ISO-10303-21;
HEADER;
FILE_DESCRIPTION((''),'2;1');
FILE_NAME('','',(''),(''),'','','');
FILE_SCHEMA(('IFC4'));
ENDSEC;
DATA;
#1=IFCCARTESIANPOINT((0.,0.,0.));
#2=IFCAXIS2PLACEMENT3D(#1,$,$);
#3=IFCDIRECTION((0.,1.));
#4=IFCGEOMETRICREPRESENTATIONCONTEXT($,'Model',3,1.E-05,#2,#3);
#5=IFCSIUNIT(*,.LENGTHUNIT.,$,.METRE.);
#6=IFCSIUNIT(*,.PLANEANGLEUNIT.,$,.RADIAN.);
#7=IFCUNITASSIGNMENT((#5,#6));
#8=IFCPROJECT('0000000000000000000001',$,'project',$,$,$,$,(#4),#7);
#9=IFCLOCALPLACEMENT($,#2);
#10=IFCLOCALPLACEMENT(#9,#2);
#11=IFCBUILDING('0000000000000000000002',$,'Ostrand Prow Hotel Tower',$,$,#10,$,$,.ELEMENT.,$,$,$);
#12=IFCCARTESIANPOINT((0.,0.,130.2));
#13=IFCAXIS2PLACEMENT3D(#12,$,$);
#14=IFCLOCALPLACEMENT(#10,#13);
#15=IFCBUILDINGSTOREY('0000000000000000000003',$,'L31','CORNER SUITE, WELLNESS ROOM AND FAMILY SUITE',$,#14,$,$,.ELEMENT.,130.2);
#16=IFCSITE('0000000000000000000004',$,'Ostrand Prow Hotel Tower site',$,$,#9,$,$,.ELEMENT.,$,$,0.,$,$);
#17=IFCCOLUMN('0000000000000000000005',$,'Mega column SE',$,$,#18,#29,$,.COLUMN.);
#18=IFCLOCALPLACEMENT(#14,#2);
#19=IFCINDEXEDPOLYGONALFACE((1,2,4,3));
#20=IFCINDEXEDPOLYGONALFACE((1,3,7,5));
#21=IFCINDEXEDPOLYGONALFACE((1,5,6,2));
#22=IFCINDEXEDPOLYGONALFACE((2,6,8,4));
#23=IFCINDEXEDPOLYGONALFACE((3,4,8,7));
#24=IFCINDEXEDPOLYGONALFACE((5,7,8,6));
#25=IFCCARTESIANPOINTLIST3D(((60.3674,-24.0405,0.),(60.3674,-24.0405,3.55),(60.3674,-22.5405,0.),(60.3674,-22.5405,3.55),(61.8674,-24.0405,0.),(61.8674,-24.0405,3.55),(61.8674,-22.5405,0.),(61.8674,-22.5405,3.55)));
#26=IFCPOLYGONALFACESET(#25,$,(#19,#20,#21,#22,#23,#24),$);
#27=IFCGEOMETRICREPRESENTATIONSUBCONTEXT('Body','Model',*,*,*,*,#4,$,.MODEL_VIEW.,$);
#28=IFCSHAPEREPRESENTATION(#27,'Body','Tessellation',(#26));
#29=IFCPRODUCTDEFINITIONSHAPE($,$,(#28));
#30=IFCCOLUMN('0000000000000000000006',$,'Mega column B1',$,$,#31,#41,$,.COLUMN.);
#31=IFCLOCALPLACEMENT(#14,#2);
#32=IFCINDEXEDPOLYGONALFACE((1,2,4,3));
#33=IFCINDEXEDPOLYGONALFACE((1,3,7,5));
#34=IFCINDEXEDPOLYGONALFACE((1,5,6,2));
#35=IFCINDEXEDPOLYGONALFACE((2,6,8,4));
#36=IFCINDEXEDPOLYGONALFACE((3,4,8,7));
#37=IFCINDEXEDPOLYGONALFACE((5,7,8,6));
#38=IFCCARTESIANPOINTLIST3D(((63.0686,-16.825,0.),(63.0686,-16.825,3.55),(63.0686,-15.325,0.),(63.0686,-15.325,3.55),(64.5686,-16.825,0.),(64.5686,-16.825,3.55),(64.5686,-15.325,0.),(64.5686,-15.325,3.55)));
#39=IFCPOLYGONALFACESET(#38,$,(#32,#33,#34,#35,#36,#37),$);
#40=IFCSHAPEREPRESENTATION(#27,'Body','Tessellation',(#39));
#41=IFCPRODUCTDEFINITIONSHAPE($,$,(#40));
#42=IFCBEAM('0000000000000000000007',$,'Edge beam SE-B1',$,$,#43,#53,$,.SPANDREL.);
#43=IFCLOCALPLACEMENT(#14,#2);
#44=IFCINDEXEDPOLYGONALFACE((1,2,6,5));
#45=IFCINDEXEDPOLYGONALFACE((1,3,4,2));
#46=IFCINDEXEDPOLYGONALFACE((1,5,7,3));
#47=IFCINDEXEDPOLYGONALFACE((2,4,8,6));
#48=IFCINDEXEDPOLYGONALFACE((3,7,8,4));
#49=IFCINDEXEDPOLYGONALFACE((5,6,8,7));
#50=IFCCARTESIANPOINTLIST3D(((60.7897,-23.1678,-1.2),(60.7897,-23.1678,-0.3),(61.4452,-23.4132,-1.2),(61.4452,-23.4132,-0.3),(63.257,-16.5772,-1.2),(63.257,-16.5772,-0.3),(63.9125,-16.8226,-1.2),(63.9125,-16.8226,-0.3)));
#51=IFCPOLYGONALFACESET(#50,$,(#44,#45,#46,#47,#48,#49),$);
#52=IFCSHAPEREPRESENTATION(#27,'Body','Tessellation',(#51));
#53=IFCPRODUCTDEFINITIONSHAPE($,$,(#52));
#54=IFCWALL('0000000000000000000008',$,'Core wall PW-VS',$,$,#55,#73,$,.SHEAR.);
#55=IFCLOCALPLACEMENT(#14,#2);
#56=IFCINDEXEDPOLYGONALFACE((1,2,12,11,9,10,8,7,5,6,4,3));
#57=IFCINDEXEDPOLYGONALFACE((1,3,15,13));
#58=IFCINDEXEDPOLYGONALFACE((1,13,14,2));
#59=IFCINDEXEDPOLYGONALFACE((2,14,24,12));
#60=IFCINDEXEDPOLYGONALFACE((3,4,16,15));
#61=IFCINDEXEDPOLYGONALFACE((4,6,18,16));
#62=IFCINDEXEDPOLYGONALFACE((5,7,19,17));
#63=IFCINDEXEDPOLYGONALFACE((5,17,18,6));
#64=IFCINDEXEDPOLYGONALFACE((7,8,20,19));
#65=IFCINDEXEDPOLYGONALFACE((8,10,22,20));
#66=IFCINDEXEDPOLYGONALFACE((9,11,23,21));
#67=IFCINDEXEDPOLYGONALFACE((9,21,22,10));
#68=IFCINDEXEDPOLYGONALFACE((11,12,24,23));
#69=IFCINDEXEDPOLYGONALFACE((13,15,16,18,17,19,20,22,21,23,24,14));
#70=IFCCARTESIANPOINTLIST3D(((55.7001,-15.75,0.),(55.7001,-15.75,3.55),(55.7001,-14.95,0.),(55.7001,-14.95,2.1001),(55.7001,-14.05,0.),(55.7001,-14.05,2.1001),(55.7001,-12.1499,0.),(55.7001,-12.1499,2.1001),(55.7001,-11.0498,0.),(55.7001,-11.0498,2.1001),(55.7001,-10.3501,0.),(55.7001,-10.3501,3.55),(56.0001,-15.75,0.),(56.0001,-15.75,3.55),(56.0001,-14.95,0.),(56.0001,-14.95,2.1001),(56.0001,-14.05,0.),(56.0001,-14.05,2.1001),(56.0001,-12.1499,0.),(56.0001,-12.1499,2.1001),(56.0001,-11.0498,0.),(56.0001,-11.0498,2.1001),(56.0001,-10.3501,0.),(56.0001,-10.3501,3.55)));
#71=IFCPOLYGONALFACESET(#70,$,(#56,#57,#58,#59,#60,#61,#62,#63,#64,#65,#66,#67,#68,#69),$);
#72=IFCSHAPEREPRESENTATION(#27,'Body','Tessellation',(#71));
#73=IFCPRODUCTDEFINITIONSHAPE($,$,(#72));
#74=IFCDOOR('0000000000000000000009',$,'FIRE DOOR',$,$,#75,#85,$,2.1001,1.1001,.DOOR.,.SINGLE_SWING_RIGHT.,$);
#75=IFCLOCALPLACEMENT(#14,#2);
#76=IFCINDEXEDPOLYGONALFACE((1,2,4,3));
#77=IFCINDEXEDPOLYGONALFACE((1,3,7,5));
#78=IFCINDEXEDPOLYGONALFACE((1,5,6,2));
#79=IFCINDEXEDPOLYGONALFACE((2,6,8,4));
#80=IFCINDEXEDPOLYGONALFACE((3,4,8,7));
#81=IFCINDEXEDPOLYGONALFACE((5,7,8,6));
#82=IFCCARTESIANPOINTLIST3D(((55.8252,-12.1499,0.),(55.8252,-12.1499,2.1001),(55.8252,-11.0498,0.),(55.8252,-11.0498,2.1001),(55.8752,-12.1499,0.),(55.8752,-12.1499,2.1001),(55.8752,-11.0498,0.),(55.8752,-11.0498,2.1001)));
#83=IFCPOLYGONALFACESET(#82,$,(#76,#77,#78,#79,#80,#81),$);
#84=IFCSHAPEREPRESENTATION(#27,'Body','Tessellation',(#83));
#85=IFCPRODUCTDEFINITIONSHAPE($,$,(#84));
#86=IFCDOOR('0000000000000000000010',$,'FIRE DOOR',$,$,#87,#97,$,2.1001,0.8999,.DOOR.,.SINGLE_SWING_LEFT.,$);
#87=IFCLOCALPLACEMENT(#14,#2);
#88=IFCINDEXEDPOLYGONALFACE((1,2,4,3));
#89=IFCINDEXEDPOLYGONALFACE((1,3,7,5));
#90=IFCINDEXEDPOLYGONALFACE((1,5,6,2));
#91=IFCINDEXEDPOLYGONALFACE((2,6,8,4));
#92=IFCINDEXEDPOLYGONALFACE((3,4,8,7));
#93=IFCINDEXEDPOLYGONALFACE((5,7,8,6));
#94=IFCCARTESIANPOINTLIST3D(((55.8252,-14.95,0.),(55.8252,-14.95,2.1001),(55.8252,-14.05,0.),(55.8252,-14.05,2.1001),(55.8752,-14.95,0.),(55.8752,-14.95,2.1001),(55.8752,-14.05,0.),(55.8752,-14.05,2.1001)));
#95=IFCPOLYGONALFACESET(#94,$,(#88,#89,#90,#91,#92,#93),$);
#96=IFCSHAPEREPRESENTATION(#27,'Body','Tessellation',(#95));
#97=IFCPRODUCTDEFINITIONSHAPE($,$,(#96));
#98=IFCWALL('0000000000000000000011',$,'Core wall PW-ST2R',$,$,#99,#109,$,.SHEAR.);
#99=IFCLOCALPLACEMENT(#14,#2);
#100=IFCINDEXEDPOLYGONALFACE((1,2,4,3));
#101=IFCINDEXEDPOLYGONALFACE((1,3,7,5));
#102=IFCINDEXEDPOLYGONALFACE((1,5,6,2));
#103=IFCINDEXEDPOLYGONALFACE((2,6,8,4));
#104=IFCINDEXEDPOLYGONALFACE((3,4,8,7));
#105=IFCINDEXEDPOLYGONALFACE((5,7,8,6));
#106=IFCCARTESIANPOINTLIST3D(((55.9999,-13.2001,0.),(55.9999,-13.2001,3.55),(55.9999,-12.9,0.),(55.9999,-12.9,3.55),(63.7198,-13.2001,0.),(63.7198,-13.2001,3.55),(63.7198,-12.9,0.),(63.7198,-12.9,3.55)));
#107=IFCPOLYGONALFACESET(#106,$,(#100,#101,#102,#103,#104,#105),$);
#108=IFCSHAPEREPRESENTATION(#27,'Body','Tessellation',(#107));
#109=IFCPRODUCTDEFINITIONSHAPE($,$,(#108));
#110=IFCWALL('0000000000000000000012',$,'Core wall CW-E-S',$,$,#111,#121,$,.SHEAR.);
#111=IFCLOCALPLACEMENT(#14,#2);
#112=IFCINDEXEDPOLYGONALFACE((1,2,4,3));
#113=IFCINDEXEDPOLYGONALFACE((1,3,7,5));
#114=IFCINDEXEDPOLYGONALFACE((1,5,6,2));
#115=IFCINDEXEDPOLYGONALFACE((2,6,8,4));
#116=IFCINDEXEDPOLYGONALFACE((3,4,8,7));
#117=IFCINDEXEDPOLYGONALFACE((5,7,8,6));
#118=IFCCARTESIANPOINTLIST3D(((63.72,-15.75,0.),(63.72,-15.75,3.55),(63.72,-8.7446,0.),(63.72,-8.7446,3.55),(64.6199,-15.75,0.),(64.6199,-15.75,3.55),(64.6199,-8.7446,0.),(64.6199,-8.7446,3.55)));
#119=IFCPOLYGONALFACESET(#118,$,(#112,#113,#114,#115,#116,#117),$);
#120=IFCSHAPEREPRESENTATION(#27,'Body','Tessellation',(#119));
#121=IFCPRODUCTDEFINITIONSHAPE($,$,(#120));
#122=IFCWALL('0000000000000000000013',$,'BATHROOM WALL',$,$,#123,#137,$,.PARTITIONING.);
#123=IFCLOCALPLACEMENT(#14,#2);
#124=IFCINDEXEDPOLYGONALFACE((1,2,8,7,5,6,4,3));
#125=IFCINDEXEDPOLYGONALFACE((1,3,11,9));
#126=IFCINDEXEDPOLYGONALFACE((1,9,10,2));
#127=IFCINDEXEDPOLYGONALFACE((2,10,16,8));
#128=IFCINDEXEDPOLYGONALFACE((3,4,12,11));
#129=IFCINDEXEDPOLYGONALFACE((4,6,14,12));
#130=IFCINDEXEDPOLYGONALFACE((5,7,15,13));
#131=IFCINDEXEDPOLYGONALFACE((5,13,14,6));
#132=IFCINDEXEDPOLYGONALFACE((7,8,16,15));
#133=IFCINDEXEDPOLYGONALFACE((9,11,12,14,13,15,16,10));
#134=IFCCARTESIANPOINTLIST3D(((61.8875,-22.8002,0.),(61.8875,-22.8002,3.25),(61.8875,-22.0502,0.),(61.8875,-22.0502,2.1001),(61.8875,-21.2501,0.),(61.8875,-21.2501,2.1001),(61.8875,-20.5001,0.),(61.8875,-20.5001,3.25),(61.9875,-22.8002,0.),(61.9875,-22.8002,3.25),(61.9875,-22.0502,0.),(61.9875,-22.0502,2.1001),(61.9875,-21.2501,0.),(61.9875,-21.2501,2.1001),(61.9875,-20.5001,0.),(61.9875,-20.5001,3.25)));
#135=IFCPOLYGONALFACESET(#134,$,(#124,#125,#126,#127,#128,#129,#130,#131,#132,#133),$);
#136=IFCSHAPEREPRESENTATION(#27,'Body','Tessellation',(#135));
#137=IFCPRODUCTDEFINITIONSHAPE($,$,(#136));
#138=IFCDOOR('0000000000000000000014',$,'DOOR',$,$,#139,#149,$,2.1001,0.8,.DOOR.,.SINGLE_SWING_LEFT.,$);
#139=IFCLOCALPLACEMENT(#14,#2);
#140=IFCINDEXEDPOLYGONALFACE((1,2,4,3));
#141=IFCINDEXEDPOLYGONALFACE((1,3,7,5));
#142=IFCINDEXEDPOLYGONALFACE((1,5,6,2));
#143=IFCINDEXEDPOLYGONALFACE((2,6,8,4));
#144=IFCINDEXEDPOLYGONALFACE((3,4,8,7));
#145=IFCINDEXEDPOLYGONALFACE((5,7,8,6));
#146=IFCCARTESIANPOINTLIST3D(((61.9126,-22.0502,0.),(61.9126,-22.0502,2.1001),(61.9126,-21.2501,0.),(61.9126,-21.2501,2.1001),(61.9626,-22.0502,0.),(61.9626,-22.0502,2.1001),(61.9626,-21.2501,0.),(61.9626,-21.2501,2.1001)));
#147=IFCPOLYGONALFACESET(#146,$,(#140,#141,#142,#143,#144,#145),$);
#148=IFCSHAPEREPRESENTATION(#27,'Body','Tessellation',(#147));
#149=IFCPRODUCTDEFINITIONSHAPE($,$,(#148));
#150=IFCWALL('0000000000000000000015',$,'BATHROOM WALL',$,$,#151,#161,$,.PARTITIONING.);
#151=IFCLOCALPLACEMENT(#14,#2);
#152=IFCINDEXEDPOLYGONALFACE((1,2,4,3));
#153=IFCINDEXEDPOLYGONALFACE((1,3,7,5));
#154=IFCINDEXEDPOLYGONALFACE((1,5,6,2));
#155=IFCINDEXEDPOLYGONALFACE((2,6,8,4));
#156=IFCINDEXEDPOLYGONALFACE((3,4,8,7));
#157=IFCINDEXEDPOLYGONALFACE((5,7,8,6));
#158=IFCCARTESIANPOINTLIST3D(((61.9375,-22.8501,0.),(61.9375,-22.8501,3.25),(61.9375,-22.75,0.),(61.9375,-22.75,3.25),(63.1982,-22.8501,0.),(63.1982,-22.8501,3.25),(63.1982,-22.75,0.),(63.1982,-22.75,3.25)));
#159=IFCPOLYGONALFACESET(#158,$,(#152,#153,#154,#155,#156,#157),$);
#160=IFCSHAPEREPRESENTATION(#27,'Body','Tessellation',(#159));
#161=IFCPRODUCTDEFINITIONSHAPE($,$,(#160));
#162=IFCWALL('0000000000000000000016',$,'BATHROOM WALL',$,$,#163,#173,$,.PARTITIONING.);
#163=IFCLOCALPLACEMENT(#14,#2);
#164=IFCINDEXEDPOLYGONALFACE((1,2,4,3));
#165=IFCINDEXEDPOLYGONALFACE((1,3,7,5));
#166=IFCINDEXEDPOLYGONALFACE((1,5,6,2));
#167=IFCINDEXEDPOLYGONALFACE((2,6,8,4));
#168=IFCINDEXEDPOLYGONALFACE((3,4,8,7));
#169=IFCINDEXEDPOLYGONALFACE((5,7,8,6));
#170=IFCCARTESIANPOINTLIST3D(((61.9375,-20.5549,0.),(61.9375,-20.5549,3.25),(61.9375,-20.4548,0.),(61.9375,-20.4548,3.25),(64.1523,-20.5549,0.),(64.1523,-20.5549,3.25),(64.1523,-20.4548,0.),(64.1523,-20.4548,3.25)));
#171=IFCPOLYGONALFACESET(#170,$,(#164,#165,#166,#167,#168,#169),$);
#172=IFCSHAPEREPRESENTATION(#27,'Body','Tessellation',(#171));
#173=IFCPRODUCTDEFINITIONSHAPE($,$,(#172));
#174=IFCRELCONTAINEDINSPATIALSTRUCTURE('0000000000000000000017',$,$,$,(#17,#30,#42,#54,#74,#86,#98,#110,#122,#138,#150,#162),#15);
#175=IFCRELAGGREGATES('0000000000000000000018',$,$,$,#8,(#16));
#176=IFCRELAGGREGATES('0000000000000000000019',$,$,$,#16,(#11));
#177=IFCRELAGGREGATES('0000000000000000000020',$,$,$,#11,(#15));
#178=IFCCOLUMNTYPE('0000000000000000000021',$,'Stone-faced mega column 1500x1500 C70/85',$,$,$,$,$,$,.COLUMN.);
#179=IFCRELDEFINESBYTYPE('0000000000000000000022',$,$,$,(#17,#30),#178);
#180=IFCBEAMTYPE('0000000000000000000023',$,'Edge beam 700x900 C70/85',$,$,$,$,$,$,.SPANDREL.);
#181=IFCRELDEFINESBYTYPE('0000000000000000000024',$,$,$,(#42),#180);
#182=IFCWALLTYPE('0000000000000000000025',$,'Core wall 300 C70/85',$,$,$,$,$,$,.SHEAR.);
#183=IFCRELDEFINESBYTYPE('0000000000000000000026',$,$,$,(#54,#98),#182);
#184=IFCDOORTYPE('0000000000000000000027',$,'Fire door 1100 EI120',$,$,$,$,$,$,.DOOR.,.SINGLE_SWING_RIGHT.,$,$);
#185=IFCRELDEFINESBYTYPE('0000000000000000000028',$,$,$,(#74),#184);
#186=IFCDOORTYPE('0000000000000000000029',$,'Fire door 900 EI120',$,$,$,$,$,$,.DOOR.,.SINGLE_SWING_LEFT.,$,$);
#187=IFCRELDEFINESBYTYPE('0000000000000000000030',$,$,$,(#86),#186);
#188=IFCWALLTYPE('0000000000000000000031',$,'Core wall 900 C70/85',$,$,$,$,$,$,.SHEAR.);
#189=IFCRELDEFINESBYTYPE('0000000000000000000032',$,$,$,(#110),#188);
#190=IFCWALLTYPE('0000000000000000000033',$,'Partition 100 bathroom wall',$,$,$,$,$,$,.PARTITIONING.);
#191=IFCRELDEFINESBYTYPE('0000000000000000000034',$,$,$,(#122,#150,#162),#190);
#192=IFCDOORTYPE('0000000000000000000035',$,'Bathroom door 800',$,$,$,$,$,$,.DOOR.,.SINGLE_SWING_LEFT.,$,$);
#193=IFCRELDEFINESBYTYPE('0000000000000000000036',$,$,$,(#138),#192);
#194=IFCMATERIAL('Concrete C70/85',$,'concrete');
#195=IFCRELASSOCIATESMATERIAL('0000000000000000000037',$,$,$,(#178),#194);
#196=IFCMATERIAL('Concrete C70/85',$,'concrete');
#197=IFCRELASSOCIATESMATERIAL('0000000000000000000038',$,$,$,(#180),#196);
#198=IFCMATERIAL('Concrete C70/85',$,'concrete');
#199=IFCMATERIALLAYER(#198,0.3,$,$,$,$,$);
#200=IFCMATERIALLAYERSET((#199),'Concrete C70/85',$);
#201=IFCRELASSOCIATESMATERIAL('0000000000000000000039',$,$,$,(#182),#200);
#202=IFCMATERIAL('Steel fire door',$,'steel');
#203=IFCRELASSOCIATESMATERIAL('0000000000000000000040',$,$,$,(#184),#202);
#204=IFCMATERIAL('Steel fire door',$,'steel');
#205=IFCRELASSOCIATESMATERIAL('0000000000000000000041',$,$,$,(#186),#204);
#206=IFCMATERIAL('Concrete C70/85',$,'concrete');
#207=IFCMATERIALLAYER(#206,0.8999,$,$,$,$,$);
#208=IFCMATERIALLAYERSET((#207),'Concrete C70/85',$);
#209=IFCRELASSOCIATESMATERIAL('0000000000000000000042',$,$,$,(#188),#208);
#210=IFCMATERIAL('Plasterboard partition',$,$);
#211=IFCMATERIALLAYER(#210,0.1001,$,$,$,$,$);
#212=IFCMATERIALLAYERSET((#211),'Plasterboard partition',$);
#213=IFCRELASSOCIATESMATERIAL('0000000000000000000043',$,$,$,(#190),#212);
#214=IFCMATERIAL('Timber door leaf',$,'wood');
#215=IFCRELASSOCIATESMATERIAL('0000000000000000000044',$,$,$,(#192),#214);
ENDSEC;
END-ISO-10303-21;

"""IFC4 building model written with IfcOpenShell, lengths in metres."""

from ifc_helpers import new_model, si_unit, direction, frame, frame_2d, origin, origin_2d, place, context, subcontext, project, spatial, rectangle, extrude, material, layer, layer_set, material_profile, profile_set, type_object, element, fill, save


model = new_model("IFC4")

# Units and contexts
model_context = context("Model", 3, precision=1e-05, world=origin(), true_north=direction((0.0, 1.0)))
body_context = subcontext(model_context, "Body", "Model", "MODEL_VIEW")
ifc_project = project(units=[si_unit("LENGTHUNIT", "METRE"), si_unit("PLANEANGLEUNIT", "RADIAN")], contexts=[model_context])

# Site, building, storey
site_placement = place(None, origin())
site = spatial("IfcSite", under=ifc_project, at=site_placement, Name="Ostrand Prow Hotel Tower site", CompositionType="ELEMENT", RefElevation=0.0)
building_placement = place(site_placement, origin())
building = spatial("IfcBuilding", under=site, at=building_placement, Name="Ostrand Prow Hotel Tower", CompositionType="ELEMENT")
storey_placement = place(building_placement, frame((0.0, 0.0, 130.2)))
storey = spatial("IfcBuildingStorey", under=building, at=storey_placement, Name="L31", Description="CORNER SUITE, WELLNESS ROOM AND FAMILY SUITE", CompositionType="ELEMENT", Elevation=130.2)

# Columns
ifc_material_1 = material(Name="Concrete C70/85", Category="concrete")
ifc_material_profile_1 = material_profile(ifc_material_1, rectangle(XDim=1.5, YDim=1.5, at=origin_2d()), Name="RC 1500x1500")
ifc_profile_set_1 = profile_set([ifc_material_profile_1], Name="Concrete C70/85")
column_type = type_object("IfcColumnType", Name="Stone-faced mega column 1500x1500 C70/85", PredefinedType="COLUMN", material=ifc_profile_set_1)
for number, where, z_axis, x_axis, name in (
    (1, (61.1174, -23.2905, 0.0), (0.0, 0.0, 1.0), (1.0, 0.0, 0.0), "Mega column SE"),
    (2, (63.8186, -16.075, 0.0), (0.0, 0.0, 1.0), (1.0, 0.0, 0.0), "Mega column B1"),
):
    element("IfcColumn", number, at=place(storey_placement, frame(where, z_axis=z_axis, x_axis=x_axis)), inside=storey, type_object=column_type, Name=name, PredefinedType="COLUMN", context=body_context, shape_type="SweptSolid", body=[
        extrude(rectangle(XDim=1.5, YDim=1.5, at=origin_2d()), origin(), (0.0, 0.0, 1.0), 3.55),
    ])

# Beam
ifc_material_2 = material(Name="Concrete C70/85", Category="concrete")
ifc_material_profile_2 = material_profile(ifc_material_2, rectangle(XDim=0.7, YDim=0.8999, at=origin_2d()), Name="RC 700x900")
ifc_profile_set_2 = profile_set([ifc_material_profile_2], Name="Concrete C70/85")
beam_type = type_object("IfcBeamType", Name="Edge beam 700x900 C70/85", PredefinedType="SPANDREL", material=ifc_profile_set_2)
beam_placement = place(storey_placement, frame((61.1174, -23.2905, -0.75), z_axis=(0.350603, 0.936524, 0.0), x_axis=(-0.936524, 0.350603, 0.0)))
element("IfcBeam", 3, at=beam_placement, inside=storey, type_object=beam_type, Name="Edge beam SE-B1", PredefinedType="SPANDREL", context=body_context, shape_type="SweptSolid", body=[
    extrude(rectangle(XDim=0.7, YDim=0.8999, at=origin_2d()), origin(), (0.0, 0.0, 1.0), 7.0374),
])

# Wall, openings, doors
ifc_material_3 = material(Name="Concrete C70/85", Category="concrete")
ifc_layer_1 = layer(ifc_material_3, 0.3)
ifc_layer_set_1 = layer_set([ifc_layer_1], Name="Concrete C70/85")
wall_type_1 = type_object("IfcWallType", Name="Core wall 300 C70/85", PredefinedType="SHEAR", material=ifc_layer_set_1)
wall_1_placement = place(storey_placement, frame((55.8501, -15.75, 0.0), z_axis=(0.0, 0.0, 1.0), x_axis=(0.0, 1.0, 0.0)))
wall_1 = element("IfcWall", 4, at=wall_1_placement, inside=storey, type_object=wall_type_1, Name="Core wall PW-VS", PredefinedType="SHEAR", context=body_context, shape_type="SweptSolid", body=[
    extrude(rectangle(XDim=5.3999, YDim=0.3, at=frame_2d((2.7, 0.0))), origin(), (0.0, 0.0, 1.0), 3.55),
])
opening_1_placement = place(wall_1_placement, frame((3.6001, 0.0, 0.0)))
opening_1 = element("IfcOpeningElement", 5, at=opening_1_placement, cuts=wall_1, PredefinedType="OPENING", context=body_context, shape_type="SweptSolid", body=[
    extrude(rectangle(XDim=1.1001, YDim=2.1001, at=frame_2d((0.55, 1.05))), frame((0.0, 0.1599, 0.0), z_axis=(0.0, -1.0, 0.0), x_axis=(1.0, 0.0, 0.0)), (0.0, 0.0, 1.0), 0.3201),
])
opening_2_placement = place(wall_1_placement, frame((0.8, 0.0, 0.0)))
opening_2 = element("IfcOpeningElement", 6, at=opening_2_placement, cuts=wall_1, PredefinedType="OPENING", context=body_context, shape_type="SweptSolid", body=[
    extrude(rectangle(XDim=0.8999, YDim=2.1001, at=frame_2d((0.45, 1.05))), frame((0.0, 0.1599, 0.0), z_axis=(0.0, -1.0, 0.0), x_axis=(1.0, 0.0, 0.0)), (0.0, 0.0, 1.0), 0.3201),
])
ifc_material_4 = material(Name="Steel fire door", Category="steel")
door_type_1 = type_object("IfcDoorType", Name="Fire door 1100 EI120", OperationType="SINGLE_SWING_RIGHT", PredefinedType="DOOR", material=ifc_material_4)
door_1_placement = place(opening_1_placement, origin())
door_1 = element("IfcDoor", 7, at=door_1_placement, inside=storey, type_object=door_type_1, Name="FIRE DOOR", OperationType="SINGLE_SWING_RIGHT", OverallHeight=2.1001, OverallWidth=1.1001, PredefinedType="DOOR", context=body_context, shape_type="SweptSolid", body=[
    extrude(rectangle(XDim=1.1001, YDim=2.1001, at=frame_2d((0.55, 1.05))), frame((0.0, 0.0249, 0.0), z_axis=(0.0, -1.0, 0.0), x_axis=(1.0, 0.0, 0.0)), (0.0, 0.0, 1.0), 0.05),
])
fill(opening_1, door_1)
ifc_material_5 = material(Name="Steel fire door", Category="steel")
door_type_2 = type_object("IfcDoorType", Name="Fire door 900 EI120", OperationType="SINGLE_SWING_LEFT", PredefinedType="DOOR", material=ifc_material_5)
door_2_placement = place(opening_2_placement, origin())
door_2 = element("IfcDoor", 8, at=door_2_placement, inside=storey, type_object=door_type_2, Name="FIRE DOOR", OperationType="SINGLE_SWING_LEFT", OverallHeight=2.1001, OverallWidth=0.8999, PredefinedType="DOOR", context=body_context, shape_type="SweptSolid", body=[
    extrude(rectangle(XDim=0.8999, YDim=2.1001, at=frame_2d((0.45, 1.05))), frame((0.0, 0.0249, 0.0), z_axis=(0.0, -1.0, 0.0), x_axis=(1.0, 0.0, 0.0)), (0.0, 0.0, 1.0), 0.05),
])
fill(opening_2, door_2)

# Walls
wall_2_placement = place(storey_placement, frame((56.0, -13.05, 0.0), z_axis=(0.0, 0.0, 1.0), x_axis=(1.0, 0.0, 0.0)))
element("IfcWall", 9, at=wall_2_placement, inside=storey, type_object=wall_type_1, Name="Core wall PW-ST2R", PredefinedType="SHEAR", context=body_context, shape_type="SweptSolid", body=[
    extrude(rectangle(XDim=7.72, YDim=0.3, at=frame_2d((3.8599, 0.0))), origin(), (0.0, 0.0, 1.0), 3.55),
])
ifc_material_6 = material(Name="Concrete C70/85", Category="concrete")
ifc_layer_2 = layer(ifc_material_6, 0.8999)
ifc_layer_set_2 = layer_set([ifc_layer_2], Name="Concrete C70/85")
wall_type_2 = type_object("IfcWallType", Name="Core wall 900 C70/85", PredefinedType="SHEAR", material=ifc_layer_set_2)
wall_3_placement = place(storey_placement, frame((64.1699, -15.75, 0.0), z_axis=(0.0, 0.0, 1.0), x_axis=(0.0, 1.0, 0.0)))
element("IfcWall", 10, at=wall_3_placement, inside=storey, type_object=wall_type_2, Name="Core wall CW-E-S", PredefinedType="SHEAR", context=body_context, shape_type="SweptSolid", body=[
    extrude(rectangle(XDim=7.0054, YDim=0.8999, at=frame_2d((3.5027, 0.0))), origin(), (0.0, 0.0, 1.0), 3.55),
])

# Wall, opening, door
ifc_material_7 = material(Name="Plasterboard partition")
ifc_layer_3 = layer(ifc_material_7, 0.1001)
ifc_layer_set_3 = layer_set([ifc_layer_3], Name="Plasterboard partition")
wall_type_3 = type_object("IfcWallType", Name="Partition 100 bathroom wall", PredefinedType="PARTITIONING", material=ifc_layer_set_3)
wall_4_placement = place(storey_placement, frame((61.9375, -22.8, 0.0), z_axis=(0.0, 0.0, 1.0), x_axis=(0.0, 1.0, 0.0)))
wall_4 = element("IfcWall", 11, at=wall_4_placement, inside=storey, type_object=wall_type_3, Name="BATHROOM WALL", PredefinedType="PARTITIONING", context=body_context, shape_type="SweptSolid", body=[
    extrude(rectangle(XDim=2.3, YDim=0.1001, at=frame_2d((1.1499, 0.0))), origin(), (0.0, 0.0, 1.0), 3.25),
])
opening_3_placement = place(wall_4_placement, frame((0.75, 0.0, 0.0)))
opening_3 = element("IfcOpeningElement", 12, at=opening_3_placement, cuts=wall_4, PredefinedType="OPENING", context=body_context, shape_type="SweptSolid", body=[
    extrude(rectangle(XDim=0.8, YDim=2.1001, at=frame_2d((0.3999, 1.05))), frame((0.0, 0.0601, 0.0), z_axis=(0.0, -1.0, 0.0), x_axis=(1.0, 0.0, 0.0)), (0.0, 0.0, 1.0), 0.1201),
])
ifc_material_8 = material(Name="Timber door leaf", Category="wood")
door_type_3 = type_object("IfcDoorType", Name="Bathroom door 800", OperationType="SINGLE_SWING_LEFT", PredefinedType="DOOR", material=ifc_material_8)
door_3_placement = place(opening_3_placement, origin())
door_3 = element("IfcDoor", 13, at=door_3_placement, inside=storey, type_object=door_type_3, Name="DOOR", OperationType="SINGLE_SWING_LEFT", OverallHeight=2.1001, OverallWidth=0.8, PredefinedType="DOOR", context=body_context, shape_type="SweptSolid", body=[
    extrude(rectangle(XDim=0.8, YDim=2.1001, at=frame_2d((0.3999, 1.05))), frame((0.0, 0.0249, 0.0), z_axis=(0.0, -1.0, 0.0), x_axis=(1.0, 0.0, 0.0)), (0.0, 0.0, 1.0), 0.05),
])
fill(opening_3, door_3)

# Walls
wall_5_placement = place(storey_placement, frame((63.1982, -22.8, 0.0), z_axis=(0.0, 0.0, 1.0), x_axis=(-1.0, 0.0, 0.0)))
element("IfcWall", 14, at=wall_5_placement, inside=storey, type_object=wall_type_3, Name="BATHROOM WALL", PredefinedType="PARTITIONING", context=body_context, shape_type="SweptSolid", body=[
    extrude(rectangle(XDim=1.2607, YDim=0.1001, at=frame_2d((0.6304, 0.0))), origin(), (0.0, 0.0, 1.0), 3.25),
])
wall_6_placement = place(storey_placement, frame((61.9375, -20.5049, 0.0), z_axis=(0.0, 0.0, 1.0), x_axis=(1.0, 0.0, 0.0)))
element("IfcWall", 15, at=wall_6_placement, inside=storey, type_object=wall_type_3, Name="BATHROOM WALL", PredefinedType="PARTITIONING", context=body_context, shape_type="SweptSolid", body=[
    extrude(rectangle(XDim=2.2148, YDim=0.1001, at=frame_2d((1.1074, 0.0))), origin(), (0.0, 0.0, 1.0), 3.25),
])

save(model, "model.ifc")
